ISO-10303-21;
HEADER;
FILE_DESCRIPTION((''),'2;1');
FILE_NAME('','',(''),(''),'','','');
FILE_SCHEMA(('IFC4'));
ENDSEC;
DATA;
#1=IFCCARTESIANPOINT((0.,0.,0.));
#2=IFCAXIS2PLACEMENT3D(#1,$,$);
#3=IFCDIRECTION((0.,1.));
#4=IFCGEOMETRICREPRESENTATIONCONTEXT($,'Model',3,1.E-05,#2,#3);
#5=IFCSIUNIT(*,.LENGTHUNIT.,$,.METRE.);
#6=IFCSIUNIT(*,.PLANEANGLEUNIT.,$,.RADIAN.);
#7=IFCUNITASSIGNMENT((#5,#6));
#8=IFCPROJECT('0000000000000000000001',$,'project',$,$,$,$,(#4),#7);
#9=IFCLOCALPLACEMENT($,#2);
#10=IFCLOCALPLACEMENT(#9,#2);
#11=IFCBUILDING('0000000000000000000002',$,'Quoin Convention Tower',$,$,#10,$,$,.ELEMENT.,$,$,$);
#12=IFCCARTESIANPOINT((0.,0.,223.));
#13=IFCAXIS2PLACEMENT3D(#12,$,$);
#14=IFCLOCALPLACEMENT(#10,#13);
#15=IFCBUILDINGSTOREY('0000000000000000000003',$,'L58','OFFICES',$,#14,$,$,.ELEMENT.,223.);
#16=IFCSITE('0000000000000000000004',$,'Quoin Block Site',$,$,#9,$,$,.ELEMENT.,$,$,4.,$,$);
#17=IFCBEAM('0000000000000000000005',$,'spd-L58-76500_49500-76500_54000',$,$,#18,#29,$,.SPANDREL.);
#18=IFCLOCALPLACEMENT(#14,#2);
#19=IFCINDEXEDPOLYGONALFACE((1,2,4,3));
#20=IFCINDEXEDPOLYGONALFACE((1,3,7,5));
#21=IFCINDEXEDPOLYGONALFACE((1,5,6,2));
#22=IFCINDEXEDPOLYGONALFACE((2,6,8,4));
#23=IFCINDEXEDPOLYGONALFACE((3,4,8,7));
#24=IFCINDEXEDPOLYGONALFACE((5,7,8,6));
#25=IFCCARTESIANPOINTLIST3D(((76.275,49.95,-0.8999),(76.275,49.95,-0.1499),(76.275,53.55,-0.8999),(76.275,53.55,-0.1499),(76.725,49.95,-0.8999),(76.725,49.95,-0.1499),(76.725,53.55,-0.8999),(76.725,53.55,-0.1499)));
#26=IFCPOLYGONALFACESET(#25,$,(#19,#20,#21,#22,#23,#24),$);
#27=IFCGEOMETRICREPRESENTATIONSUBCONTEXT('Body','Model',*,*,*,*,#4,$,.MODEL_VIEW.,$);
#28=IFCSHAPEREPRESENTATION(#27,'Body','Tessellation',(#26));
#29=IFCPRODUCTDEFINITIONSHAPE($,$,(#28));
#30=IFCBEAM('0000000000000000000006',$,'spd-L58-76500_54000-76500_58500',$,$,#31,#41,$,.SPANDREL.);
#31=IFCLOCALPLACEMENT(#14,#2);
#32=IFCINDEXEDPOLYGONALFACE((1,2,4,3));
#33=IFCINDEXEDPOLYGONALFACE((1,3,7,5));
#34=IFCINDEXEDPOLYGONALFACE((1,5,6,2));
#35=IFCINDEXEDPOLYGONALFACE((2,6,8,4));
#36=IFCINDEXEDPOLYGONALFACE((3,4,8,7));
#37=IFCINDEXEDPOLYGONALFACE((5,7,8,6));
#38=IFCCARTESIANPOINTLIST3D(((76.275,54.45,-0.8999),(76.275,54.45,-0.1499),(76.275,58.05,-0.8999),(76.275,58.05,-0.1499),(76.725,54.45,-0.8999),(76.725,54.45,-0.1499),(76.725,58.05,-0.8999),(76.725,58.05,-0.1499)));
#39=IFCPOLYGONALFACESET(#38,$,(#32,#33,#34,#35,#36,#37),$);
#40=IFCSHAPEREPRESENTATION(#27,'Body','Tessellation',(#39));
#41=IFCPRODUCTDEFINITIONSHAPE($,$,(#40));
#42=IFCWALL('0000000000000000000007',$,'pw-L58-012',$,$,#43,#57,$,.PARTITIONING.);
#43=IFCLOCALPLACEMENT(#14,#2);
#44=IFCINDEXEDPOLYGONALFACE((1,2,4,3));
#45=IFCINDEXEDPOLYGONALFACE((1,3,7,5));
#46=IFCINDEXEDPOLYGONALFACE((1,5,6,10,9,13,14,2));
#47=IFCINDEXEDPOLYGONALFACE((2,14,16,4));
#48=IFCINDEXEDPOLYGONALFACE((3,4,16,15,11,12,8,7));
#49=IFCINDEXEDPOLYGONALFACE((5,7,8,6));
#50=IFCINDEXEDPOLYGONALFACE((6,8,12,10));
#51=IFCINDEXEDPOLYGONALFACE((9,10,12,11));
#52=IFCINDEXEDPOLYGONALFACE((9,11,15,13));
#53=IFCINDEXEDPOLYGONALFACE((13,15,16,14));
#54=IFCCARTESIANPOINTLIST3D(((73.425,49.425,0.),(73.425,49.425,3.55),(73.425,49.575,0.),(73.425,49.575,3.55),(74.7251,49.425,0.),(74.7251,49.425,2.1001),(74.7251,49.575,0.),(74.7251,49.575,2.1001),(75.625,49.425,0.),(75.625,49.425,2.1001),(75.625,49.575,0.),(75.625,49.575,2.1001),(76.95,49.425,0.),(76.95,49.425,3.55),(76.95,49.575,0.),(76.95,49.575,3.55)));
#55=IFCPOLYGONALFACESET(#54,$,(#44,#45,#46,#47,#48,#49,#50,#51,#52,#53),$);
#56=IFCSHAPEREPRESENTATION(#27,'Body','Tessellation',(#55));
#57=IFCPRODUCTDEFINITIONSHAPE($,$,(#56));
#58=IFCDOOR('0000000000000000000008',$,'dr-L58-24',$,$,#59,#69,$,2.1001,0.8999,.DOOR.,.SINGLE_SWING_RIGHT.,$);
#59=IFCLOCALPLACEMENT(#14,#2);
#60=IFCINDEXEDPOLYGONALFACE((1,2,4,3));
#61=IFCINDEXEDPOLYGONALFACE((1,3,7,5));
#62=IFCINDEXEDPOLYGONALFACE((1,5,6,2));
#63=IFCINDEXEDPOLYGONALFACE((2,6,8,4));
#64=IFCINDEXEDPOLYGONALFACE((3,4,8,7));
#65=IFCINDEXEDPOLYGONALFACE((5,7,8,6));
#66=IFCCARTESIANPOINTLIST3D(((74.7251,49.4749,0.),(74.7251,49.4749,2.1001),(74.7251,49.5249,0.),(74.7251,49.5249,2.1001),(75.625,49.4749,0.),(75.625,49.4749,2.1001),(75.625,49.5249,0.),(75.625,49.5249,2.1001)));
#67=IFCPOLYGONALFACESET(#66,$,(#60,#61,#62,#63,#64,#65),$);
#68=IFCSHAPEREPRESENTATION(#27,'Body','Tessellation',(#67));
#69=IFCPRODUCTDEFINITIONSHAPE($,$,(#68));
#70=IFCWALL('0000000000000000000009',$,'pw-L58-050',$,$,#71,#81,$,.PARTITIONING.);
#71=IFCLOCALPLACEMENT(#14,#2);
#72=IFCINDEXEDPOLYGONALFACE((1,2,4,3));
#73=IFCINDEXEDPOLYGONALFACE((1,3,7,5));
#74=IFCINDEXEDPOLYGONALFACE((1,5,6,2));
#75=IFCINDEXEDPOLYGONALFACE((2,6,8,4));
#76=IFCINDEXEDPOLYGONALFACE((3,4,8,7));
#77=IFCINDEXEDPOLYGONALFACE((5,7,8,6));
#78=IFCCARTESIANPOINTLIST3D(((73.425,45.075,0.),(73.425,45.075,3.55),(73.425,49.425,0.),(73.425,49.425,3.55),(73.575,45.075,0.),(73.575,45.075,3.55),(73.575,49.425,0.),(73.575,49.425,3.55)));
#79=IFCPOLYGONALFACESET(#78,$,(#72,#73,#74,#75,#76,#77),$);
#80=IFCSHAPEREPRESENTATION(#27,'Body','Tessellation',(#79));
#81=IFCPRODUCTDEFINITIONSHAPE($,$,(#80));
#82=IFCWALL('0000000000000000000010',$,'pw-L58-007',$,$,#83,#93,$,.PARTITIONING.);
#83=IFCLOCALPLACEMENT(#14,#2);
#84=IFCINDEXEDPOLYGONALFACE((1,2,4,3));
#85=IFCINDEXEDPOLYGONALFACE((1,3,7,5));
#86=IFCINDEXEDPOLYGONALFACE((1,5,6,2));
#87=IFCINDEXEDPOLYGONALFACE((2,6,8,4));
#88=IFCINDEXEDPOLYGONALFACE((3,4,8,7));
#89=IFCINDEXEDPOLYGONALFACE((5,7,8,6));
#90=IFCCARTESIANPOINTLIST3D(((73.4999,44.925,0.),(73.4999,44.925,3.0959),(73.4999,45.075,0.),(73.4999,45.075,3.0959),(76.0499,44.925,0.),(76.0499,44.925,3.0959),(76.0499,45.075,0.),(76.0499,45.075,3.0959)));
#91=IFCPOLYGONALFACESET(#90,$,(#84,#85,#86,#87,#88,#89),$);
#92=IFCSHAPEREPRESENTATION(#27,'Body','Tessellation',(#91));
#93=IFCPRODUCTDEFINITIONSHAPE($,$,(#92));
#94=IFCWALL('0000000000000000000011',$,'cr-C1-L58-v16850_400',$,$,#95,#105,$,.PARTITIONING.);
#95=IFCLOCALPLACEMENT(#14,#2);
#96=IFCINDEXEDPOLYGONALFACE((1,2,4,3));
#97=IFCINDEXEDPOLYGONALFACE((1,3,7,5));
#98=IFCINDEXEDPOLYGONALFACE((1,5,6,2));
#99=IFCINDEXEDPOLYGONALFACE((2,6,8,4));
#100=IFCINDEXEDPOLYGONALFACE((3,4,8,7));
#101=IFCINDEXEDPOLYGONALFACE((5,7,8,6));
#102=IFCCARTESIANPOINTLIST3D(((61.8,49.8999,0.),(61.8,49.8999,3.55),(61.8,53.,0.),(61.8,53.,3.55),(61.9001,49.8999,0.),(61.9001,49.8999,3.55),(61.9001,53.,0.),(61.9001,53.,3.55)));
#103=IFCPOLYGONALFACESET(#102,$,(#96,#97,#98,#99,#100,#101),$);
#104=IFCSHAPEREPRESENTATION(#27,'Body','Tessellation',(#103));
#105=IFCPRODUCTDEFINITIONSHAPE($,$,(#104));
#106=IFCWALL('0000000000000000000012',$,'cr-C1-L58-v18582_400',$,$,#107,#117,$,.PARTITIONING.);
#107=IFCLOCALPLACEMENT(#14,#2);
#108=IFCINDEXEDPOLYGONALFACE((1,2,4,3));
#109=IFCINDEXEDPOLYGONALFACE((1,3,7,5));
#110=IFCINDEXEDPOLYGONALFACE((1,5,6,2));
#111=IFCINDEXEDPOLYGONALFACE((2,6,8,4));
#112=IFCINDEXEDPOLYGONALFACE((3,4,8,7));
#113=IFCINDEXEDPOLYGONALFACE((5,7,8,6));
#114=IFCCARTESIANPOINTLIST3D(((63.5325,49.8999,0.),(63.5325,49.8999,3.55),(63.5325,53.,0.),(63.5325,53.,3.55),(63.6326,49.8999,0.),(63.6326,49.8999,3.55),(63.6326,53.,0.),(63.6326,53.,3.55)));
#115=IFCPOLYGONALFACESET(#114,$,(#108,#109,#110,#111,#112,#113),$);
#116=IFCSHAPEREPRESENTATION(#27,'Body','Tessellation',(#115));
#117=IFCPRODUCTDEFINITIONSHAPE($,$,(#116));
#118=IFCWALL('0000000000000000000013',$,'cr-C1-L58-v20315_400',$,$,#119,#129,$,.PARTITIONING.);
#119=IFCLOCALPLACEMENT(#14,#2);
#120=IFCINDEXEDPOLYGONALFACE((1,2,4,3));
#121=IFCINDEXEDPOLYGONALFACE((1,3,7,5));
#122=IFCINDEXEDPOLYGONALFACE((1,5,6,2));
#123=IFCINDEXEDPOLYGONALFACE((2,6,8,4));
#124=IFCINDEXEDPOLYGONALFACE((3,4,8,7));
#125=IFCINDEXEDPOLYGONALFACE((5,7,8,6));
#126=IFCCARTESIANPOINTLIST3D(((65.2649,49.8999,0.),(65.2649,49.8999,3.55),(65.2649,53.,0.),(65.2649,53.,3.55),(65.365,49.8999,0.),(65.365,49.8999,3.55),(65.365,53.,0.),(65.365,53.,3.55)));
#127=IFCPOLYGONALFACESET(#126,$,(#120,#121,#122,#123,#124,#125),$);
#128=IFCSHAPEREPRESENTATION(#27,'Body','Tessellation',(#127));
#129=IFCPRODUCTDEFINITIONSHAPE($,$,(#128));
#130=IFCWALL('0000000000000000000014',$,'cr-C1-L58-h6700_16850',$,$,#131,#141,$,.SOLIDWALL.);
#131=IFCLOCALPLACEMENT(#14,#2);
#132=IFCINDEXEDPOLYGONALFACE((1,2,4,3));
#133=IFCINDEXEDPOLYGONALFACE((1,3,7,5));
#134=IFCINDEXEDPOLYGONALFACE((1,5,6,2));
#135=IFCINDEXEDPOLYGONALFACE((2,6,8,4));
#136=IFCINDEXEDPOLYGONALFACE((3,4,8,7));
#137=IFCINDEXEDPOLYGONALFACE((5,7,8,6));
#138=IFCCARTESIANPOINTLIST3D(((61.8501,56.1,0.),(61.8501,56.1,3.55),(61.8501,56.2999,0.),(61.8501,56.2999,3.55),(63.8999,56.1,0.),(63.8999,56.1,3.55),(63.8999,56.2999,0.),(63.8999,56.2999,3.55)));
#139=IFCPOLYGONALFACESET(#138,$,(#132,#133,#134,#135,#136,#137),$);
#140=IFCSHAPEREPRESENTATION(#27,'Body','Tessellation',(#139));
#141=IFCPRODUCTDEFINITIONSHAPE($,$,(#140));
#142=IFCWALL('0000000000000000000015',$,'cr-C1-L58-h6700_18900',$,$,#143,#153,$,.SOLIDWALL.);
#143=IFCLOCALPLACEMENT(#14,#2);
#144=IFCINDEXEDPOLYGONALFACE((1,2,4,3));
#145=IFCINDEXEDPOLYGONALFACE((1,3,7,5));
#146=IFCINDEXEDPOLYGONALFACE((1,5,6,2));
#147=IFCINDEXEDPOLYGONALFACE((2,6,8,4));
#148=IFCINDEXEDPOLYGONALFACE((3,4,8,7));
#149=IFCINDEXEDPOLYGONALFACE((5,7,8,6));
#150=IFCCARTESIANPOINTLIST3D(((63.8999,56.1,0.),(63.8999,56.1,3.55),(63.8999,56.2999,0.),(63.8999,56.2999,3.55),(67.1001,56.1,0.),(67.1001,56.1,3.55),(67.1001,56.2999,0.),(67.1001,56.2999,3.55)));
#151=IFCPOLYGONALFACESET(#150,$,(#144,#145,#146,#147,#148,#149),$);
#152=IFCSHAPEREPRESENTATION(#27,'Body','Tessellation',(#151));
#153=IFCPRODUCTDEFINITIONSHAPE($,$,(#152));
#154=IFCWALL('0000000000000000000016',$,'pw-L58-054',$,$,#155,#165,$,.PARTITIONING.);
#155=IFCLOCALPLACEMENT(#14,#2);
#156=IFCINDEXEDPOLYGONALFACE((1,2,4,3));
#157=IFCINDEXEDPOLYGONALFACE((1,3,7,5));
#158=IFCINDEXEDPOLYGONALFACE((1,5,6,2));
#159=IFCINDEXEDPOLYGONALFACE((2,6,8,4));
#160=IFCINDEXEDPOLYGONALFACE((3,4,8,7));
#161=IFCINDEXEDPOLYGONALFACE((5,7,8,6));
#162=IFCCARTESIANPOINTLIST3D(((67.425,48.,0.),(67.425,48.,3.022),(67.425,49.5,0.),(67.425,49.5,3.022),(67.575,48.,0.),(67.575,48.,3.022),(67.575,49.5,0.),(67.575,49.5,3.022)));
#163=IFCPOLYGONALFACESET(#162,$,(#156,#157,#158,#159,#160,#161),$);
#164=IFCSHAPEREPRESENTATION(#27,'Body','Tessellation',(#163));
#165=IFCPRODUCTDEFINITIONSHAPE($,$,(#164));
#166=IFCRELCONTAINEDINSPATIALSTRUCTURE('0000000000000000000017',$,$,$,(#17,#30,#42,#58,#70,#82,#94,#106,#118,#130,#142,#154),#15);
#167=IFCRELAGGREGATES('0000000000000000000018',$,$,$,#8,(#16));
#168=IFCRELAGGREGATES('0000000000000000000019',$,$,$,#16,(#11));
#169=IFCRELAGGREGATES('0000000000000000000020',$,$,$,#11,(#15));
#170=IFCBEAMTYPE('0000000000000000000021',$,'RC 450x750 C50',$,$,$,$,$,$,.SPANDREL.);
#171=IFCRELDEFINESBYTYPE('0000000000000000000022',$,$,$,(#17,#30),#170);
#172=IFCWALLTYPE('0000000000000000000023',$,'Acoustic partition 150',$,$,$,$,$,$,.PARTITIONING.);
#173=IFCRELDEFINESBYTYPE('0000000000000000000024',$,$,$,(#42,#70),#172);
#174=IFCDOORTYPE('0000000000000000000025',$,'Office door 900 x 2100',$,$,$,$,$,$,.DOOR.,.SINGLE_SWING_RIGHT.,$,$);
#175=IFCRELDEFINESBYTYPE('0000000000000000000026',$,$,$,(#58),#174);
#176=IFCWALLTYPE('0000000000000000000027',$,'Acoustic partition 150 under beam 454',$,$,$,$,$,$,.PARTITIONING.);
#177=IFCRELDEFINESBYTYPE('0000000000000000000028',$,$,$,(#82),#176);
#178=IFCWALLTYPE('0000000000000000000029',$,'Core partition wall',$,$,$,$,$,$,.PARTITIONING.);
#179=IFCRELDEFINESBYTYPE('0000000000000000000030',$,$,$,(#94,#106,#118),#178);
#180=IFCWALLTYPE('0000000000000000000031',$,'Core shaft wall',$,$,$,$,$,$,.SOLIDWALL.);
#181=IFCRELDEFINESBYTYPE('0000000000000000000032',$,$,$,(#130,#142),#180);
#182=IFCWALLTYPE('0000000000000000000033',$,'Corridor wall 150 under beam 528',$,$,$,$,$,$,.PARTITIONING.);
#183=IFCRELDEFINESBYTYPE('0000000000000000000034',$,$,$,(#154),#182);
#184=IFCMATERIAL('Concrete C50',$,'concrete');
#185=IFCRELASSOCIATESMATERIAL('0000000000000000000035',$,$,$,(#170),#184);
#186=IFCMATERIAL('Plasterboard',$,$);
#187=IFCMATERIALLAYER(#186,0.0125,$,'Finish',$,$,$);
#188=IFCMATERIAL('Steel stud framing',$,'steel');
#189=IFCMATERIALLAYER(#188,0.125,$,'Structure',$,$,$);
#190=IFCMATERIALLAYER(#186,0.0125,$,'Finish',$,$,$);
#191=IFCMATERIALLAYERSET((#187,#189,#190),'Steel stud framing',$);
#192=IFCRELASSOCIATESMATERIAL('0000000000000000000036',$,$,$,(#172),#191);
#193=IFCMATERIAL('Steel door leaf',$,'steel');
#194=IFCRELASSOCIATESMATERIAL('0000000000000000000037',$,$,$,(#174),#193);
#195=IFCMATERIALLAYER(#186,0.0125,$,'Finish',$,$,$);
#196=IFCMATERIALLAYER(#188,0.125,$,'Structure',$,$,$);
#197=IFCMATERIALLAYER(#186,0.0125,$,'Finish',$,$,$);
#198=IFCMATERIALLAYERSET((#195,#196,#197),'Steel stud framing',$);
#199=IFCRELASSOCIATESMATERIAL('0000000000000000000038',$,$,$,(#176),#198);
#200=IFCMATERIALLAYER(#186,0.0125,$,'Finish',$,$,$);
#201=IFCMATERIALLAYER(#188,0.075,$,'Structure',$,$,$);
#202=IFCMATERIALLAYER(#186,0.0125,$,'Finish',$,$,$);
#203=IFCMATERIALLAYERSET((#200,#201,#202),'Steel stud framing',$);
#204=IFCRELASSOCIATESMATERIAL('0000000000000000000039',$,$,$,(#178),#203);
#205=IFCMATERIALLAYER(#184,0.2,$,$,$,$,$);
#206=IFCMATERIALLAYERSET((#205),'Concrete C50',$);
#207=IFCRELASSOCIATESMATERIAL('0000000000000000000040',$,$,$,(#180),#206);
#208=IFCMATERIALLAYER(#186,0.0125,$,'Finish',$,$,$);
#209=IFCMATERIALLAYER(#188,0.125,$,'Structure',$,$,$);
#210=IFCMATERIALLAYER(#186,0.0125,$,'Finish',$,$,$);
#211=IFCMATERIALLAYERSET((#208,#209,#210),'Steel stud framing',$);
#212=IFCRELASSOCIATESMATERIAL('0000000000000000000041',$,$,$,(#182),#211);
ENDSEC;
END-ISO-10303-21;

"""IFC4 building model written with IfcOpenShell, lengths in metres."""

from ifc_helpers import new_model, si_unit, direction, frame, frame_2d, origin, origin_2d, place, context, subcontext, project, spatial, rectangle, extrude, material, layer, layer_set, material_profile, profile_set, type_object, element, fill, save


model = new_model("IFC4")

# Units and contexts
model_context = context("Model", 3, precision=1e-05, world=origin(), true_north=direction((0.0, 1.0)))
body_context = subcontext(model_context, "Body", "Model", "MODEL_VIEW")
ifc_project = project(units=[si_unit("LENGTHUNIT", "METRE"), si_unit("PLANEANGLEUNIT", "RADIAN")], contexts=[model_context])

# Site, building, storey
site_placement = place(None, origin())
site = spatial("IfcSite", under=ifc_project, at=site_placement, Name="Quoin Block Site", CompositionType="ELEMENT", RefElevation=4.0)
building_placement = place(site_placement, origin())
building = spatial("IfcBuilding", under=site, at=building_placement, Name="Quoin Convention Tower", CompositionType="ELEMENT")
storey_placement = place(building_placement, frame((0.0, 0.0, 223.0)))
storey = spatial("IfcBuildingStorey", under=building, at=storey_placement, Name="L58", Description="OFFICES", CompositionType="ELEMENT", Elevation=223.0)

# Shared definitions
ifc_material_1 = material(Name="Concrete C50", Category="concrete")

# Beams
ifc_material_profile_1 = material_profile(ifc_material_1, rectangle(XDim=0.45, YDim=0.75, at=origin_2d()), Name="RC 450x750")
ifc_profile_set_1 = profile_set([ifc_material_profile_1], Name="Concrete C50")
beam_type_1 = type_object("IfcBeamType", Name="RC 450x750 C50", PredefinedType="SPANDREL", material=ifc_profile_set_1)
for number, where, z_axis, x_axis, name in (
    (1, (76.5, 49.95, -0.5249), (0.0, 1.0, 0.0), (-1.0, 0.0, 0.0), "spd-L58-76500_49500-76500_54000"),
    (2, (76.5, 54.45, -0.5249), (0.0, 1.0, 0.0), (-1.0, 0.0, 0.0), "spd-L58-76500_54000-76500_58500"),
):
    element("IfcBeam", number, at=place(storey_placement, frame(where, z_axis=z_axis, x_axis=x_axis)), inside=storey, type_object=beam_type_1, Name=name, PredefinedType="SPANDREL", context=body_context, shape_type="SweptSolid", body=[
        extrude(rectangle(XDim=0.45, YDim=0.75, at=origin_2d()), origin(), (0.0, 0.0, 1.0), 3.6001),
    ])

# Wall, opening, door
ifc_material_2 = material(Name="Plasterboard")
ifc_layer_1 = layer(ifc_material_2, 0.0125, Name="Finish")
ifc_material_3 = material(Name="Steel stud framing", Category="steel")
ifc_layer_2 = layer(ifc_material_3, 0.125, Name="Structure")
ifc_layer_3 = layer(ifc_material_2, 0.0125, Name="Finish")
ifc_layer_set_1 = layer_set([ifc_layer_1, ifc_layer_2, ifc_layer_3], Name="Steel stud framing")
wall_type_1 = type_object("IfcWallType", Name="Acoustic partition 150", PredefinedType="PARTITIONING", material=ifc_layer_set_1)
wall_1_placement = place(storey_placement, frame((73.425, 49.5, 0.0), z_axis=(0.0, 0.0, 1.0), x_axis=(1.0, 0.0, 0.0)))
wall_1 = element("IfcWall", 3, at=wall_1_placement, inside=storey, type_object=wall_type_1, Name="pw-L58-012", PredefinedType="PARTITIONING", context=body_context, shape_type="SweptSolid", body=[
    extrude(rectangle(XDim=3.5249, YDim=0.1499, at=frame_2d((1.7625, 0.0))), origin(), (0.0, 0.0, 1.0), 3.55),
])
opening_1_placement = place(wall_1_placement, frame((1.3, 0.0, 0.0)))
opening_1 = element("IfcOpeningElement", 4, at=opening_1_placement, cuts=wall_1, PredefinedType="OPENING", context=body_context, shape_type="SweptSolid", body=[
    extrude(rectangle(XDim=0.8999, YDim=2.1001, at=frame_2d((0.45, 1.05))), frame((0.0, 0.085, 0.0), z_axis=(0.0, -1.0, 0.0), x_axis=(1.0, 0.0, 0.0)), (0.0, 0.0, 1.0), 0.1699),
])
ifc_material_4 = material(Name="Steel door leaf", Category="steel")
door_type_1 = type_object("IfcDoorType", Name="Office door 900 x 2100", OperationType="SINGLE_SWING_RIGHT", PredefinedType="DOOR", material=ifc_material_4)
door_1_placement = place(opening_1_placement, origin())
door_1 = element("IfcDoor", 5, at=door_1_placement, inside=storey, type_object=door_type_1, Name="dr-L58-24", OperationType="SINGLE_SWING_RIGHT", OverallHeight=2.1001, OverallWidth=0.8999, PredefinedType="DOOR", context=body_context, shape_type="SweptSolid", body=[
    extrude(rectangle(XDim=0.8999, YDim=2.1001, at=frame_2d((0.45, 1.05))), frame((0.0, 0.0249, 0.0), z_axis=(0.0, -1.0, 0.0), x_axis=(1.0, 0.0, 0.0)), (0.0, 0.0, 1.0), 0.05),
])
fill(opening_1, door_1)

# Walls
wall_2_placement = place(storey_placement, frame((73.5, 45.075, 0.0), z_axis=(0.0, 0.0, 1.0), x_axis=(0.0, 1.0, 0.0)))
element("IfcWall", 6, at=wall_2_placement, inside=storey, type_object=wall_type_1, Name="pw-L58-050", PredefinedType="PARTITIONING", context=body_context, shape_type="SweptSolid", body=[
    extrude(rectangle(XDim=4.3501, YDim=0.1499, at=frame_2d((2.175, 0.0))), origin(), (0.0, 0.0, 1.0), 3.55),
])
ifc_layer_4 = layer(ifc_material_2, 0.0125, Name="Finish")
ifc_layer_5 = layer(ifc_material_3, 0.125, Name="Structure")
ifc_layer_6 = layer(ifc_material_2, 0.0125, Name="Finish")
ifc_layer_set_2 = layer_set([ifc_layer_4, ifc_layer_5, ifc_layer_6], Name="Steel stud framing")
wall_type_2 = type_object("IfcWallType", Name="Acoustic partition 150 under beam 454", PredefinedType="PARTITIONING", material=ifc_layer_set_2)
wall_3_placement = place(storey_placement, frame((73.5, 45.0, 0.0), z_axis=(0.0, 0.0, 1.0), x_axis=(1.0, 0.0, 0.0)))
element("IfcWall", 7, at=wall_3_placement, inside=storey, type_object=wall_type_2, Name="pw-L58-007", PredefinedType="PARTITIONING", context=body_context, shape_type="SweptSolid", body=[
    extrude(rectangle(XDim=2.55, YDim=0.1499, at=frame_2d((1.2749, 0.0))), origin(), (0.0, 0.0, 1.0), 3.0959),
])
ifc_layer_7 = layer(ifc_material_2, 0.0125, Name="Finish")
ifc_layer_8 = layer(ifc_material_3, 0.075, Name="Structure")
ifc_layer_9 = layer(ifc_material_2, 0.0125, Name="Finish")
ifc_layer_set_3 = layer_set([ifc_layer_7, ifc_layer_8, ifc_layer_9], Name="Steel stud framing")
wall_type_3 = type_object("IfcWallType", Name="Core partition wall", PredefinedType="PARTITIONING", material=ifc_layer_set_3)
for number, where, z_axis, x_axis, name in (
    (8, (61.8501, 49.8999, 0.0), (0.0, 0.0, 1.0), (0.0, 1.0, 0.0), "cr-C1-L58-v16850_400"),
    (9, (63.5825, 49.8999, 0.0), (0.0, 0.0, 1.0), (0.0, 1.0, 0.0), "cr-C1-L58-v18582_400"),
    (10, (65.3149, 49.8999, 0.0), (0.0, 0.0, 1.0), (0.0, 1.0, 0.0), "cr-C1-L58-v20315_400"),
):
    element("IfcWall", number, at=place(storey_placement, frame(where, z_axis=z_axis, x_axis=x_axis)), inside=storey, type_object=wall_type_3, Name=name, PredefinedType="PARTITIONING", context=body_context, shape_type="SweptSolid", body=[
        extrude(rectangle(XDim=3.1001, YDim=0.1001, at=frame_2d((1.55, 0.0))), origin(), (0.0, 0.0, 1.0), 3.55),
    ])
ifc_layer_10 = layer(ifc_material_1, 0.2)
ifc_layer_set_4 = layer_set([ifc_layer_10], Name="Concrete C50")
wall_type_4 = type_object("IfcWallType", Name="Core shaft wall", PredefinedType="SOLIDWALL", material=ifc_layer_set_4)
wall_4_placement = place(storey_placement, frame((61.8501, 56.2, 0.0), z_axis=(0.0, 0.0, 1.0), x_axis=(1.0, 0.0, 0.0)))
element("IfcWall", 11, at=wall_4_placement, inside=storey, type_object=wall_type_4, Name="cr-C1-L58-h6700_16850", PredefinedType="SOLIDWALL", context=body_context, shape_type="SweptSolid", body=[
    extrude(rectangle(XDim=2.0498, YDim=0.2, at=frame_2d((1.0249, 0.0))), origin(), (0.0, 0.0, 1.0), 3.55),
])
wall_5_placement = place(storey_placement, frame((63.8999, 56.2, 0.0), z_axis=(0.0, 0.0, 1.0), x_axis=(1.0, 0.0, 0.0)))
element("IfcWall", 12, at=wall_5_placement, inside=storey, type_object=wall_type_4, Name="cr-C1-L58-h6700_18900", PredefinedType="SOLIDWALL", context=body_context, shape_type="SweptSolid", body=[
    extrude(rectangle(XDim=3.2002, YDim=0.2, at=frame_2d((1.6001, 0.0))), origin(), (0.0, 0.0, 1.0), 3.55),
])
ifc_layer_11 = layer(ifc_material_2, 0.0125, Name="Finish")
ifc_layer_12 = layer(ifc_material_3, 0.125, Name="Structure")
ifc_layer_13 = layer(ifc_material_2, 0.0125, Name="Finish")
ifc_layer_set_5 = layer_set([ifc_layer_11, ifc_layer_12, ifc_layer_13], Name="Steel stud framing")
wall_type_5 = type_object("IfcWallType", Name="Corridor wall 150 under beam 528", PredefinedType="PARTITIONING", material=ifc_layer_set_5)
wall_6_placement = place(storey_placement, frame((67.5, 48.0, 0.0), z_axis=(0.0, 0.0, 1.0), x_axis=(0.0, 1.0, 0.0)))
element("IfcWall", 13, at=wall_6_placement, inside=storey, type_object=wall_type_5, Name="pw-L58-054", PredefinedType="PARTITIONING", context=body_context, shape_type="SweptSolid", body=[
    extrude(rectangle(XDim=1.5, YDim=0.1499, at=frame_2d((0.75, 0.0))), origin(), (0.0, 0.0, 1.0), 3.022),
])

save(model, "model.ifc")
